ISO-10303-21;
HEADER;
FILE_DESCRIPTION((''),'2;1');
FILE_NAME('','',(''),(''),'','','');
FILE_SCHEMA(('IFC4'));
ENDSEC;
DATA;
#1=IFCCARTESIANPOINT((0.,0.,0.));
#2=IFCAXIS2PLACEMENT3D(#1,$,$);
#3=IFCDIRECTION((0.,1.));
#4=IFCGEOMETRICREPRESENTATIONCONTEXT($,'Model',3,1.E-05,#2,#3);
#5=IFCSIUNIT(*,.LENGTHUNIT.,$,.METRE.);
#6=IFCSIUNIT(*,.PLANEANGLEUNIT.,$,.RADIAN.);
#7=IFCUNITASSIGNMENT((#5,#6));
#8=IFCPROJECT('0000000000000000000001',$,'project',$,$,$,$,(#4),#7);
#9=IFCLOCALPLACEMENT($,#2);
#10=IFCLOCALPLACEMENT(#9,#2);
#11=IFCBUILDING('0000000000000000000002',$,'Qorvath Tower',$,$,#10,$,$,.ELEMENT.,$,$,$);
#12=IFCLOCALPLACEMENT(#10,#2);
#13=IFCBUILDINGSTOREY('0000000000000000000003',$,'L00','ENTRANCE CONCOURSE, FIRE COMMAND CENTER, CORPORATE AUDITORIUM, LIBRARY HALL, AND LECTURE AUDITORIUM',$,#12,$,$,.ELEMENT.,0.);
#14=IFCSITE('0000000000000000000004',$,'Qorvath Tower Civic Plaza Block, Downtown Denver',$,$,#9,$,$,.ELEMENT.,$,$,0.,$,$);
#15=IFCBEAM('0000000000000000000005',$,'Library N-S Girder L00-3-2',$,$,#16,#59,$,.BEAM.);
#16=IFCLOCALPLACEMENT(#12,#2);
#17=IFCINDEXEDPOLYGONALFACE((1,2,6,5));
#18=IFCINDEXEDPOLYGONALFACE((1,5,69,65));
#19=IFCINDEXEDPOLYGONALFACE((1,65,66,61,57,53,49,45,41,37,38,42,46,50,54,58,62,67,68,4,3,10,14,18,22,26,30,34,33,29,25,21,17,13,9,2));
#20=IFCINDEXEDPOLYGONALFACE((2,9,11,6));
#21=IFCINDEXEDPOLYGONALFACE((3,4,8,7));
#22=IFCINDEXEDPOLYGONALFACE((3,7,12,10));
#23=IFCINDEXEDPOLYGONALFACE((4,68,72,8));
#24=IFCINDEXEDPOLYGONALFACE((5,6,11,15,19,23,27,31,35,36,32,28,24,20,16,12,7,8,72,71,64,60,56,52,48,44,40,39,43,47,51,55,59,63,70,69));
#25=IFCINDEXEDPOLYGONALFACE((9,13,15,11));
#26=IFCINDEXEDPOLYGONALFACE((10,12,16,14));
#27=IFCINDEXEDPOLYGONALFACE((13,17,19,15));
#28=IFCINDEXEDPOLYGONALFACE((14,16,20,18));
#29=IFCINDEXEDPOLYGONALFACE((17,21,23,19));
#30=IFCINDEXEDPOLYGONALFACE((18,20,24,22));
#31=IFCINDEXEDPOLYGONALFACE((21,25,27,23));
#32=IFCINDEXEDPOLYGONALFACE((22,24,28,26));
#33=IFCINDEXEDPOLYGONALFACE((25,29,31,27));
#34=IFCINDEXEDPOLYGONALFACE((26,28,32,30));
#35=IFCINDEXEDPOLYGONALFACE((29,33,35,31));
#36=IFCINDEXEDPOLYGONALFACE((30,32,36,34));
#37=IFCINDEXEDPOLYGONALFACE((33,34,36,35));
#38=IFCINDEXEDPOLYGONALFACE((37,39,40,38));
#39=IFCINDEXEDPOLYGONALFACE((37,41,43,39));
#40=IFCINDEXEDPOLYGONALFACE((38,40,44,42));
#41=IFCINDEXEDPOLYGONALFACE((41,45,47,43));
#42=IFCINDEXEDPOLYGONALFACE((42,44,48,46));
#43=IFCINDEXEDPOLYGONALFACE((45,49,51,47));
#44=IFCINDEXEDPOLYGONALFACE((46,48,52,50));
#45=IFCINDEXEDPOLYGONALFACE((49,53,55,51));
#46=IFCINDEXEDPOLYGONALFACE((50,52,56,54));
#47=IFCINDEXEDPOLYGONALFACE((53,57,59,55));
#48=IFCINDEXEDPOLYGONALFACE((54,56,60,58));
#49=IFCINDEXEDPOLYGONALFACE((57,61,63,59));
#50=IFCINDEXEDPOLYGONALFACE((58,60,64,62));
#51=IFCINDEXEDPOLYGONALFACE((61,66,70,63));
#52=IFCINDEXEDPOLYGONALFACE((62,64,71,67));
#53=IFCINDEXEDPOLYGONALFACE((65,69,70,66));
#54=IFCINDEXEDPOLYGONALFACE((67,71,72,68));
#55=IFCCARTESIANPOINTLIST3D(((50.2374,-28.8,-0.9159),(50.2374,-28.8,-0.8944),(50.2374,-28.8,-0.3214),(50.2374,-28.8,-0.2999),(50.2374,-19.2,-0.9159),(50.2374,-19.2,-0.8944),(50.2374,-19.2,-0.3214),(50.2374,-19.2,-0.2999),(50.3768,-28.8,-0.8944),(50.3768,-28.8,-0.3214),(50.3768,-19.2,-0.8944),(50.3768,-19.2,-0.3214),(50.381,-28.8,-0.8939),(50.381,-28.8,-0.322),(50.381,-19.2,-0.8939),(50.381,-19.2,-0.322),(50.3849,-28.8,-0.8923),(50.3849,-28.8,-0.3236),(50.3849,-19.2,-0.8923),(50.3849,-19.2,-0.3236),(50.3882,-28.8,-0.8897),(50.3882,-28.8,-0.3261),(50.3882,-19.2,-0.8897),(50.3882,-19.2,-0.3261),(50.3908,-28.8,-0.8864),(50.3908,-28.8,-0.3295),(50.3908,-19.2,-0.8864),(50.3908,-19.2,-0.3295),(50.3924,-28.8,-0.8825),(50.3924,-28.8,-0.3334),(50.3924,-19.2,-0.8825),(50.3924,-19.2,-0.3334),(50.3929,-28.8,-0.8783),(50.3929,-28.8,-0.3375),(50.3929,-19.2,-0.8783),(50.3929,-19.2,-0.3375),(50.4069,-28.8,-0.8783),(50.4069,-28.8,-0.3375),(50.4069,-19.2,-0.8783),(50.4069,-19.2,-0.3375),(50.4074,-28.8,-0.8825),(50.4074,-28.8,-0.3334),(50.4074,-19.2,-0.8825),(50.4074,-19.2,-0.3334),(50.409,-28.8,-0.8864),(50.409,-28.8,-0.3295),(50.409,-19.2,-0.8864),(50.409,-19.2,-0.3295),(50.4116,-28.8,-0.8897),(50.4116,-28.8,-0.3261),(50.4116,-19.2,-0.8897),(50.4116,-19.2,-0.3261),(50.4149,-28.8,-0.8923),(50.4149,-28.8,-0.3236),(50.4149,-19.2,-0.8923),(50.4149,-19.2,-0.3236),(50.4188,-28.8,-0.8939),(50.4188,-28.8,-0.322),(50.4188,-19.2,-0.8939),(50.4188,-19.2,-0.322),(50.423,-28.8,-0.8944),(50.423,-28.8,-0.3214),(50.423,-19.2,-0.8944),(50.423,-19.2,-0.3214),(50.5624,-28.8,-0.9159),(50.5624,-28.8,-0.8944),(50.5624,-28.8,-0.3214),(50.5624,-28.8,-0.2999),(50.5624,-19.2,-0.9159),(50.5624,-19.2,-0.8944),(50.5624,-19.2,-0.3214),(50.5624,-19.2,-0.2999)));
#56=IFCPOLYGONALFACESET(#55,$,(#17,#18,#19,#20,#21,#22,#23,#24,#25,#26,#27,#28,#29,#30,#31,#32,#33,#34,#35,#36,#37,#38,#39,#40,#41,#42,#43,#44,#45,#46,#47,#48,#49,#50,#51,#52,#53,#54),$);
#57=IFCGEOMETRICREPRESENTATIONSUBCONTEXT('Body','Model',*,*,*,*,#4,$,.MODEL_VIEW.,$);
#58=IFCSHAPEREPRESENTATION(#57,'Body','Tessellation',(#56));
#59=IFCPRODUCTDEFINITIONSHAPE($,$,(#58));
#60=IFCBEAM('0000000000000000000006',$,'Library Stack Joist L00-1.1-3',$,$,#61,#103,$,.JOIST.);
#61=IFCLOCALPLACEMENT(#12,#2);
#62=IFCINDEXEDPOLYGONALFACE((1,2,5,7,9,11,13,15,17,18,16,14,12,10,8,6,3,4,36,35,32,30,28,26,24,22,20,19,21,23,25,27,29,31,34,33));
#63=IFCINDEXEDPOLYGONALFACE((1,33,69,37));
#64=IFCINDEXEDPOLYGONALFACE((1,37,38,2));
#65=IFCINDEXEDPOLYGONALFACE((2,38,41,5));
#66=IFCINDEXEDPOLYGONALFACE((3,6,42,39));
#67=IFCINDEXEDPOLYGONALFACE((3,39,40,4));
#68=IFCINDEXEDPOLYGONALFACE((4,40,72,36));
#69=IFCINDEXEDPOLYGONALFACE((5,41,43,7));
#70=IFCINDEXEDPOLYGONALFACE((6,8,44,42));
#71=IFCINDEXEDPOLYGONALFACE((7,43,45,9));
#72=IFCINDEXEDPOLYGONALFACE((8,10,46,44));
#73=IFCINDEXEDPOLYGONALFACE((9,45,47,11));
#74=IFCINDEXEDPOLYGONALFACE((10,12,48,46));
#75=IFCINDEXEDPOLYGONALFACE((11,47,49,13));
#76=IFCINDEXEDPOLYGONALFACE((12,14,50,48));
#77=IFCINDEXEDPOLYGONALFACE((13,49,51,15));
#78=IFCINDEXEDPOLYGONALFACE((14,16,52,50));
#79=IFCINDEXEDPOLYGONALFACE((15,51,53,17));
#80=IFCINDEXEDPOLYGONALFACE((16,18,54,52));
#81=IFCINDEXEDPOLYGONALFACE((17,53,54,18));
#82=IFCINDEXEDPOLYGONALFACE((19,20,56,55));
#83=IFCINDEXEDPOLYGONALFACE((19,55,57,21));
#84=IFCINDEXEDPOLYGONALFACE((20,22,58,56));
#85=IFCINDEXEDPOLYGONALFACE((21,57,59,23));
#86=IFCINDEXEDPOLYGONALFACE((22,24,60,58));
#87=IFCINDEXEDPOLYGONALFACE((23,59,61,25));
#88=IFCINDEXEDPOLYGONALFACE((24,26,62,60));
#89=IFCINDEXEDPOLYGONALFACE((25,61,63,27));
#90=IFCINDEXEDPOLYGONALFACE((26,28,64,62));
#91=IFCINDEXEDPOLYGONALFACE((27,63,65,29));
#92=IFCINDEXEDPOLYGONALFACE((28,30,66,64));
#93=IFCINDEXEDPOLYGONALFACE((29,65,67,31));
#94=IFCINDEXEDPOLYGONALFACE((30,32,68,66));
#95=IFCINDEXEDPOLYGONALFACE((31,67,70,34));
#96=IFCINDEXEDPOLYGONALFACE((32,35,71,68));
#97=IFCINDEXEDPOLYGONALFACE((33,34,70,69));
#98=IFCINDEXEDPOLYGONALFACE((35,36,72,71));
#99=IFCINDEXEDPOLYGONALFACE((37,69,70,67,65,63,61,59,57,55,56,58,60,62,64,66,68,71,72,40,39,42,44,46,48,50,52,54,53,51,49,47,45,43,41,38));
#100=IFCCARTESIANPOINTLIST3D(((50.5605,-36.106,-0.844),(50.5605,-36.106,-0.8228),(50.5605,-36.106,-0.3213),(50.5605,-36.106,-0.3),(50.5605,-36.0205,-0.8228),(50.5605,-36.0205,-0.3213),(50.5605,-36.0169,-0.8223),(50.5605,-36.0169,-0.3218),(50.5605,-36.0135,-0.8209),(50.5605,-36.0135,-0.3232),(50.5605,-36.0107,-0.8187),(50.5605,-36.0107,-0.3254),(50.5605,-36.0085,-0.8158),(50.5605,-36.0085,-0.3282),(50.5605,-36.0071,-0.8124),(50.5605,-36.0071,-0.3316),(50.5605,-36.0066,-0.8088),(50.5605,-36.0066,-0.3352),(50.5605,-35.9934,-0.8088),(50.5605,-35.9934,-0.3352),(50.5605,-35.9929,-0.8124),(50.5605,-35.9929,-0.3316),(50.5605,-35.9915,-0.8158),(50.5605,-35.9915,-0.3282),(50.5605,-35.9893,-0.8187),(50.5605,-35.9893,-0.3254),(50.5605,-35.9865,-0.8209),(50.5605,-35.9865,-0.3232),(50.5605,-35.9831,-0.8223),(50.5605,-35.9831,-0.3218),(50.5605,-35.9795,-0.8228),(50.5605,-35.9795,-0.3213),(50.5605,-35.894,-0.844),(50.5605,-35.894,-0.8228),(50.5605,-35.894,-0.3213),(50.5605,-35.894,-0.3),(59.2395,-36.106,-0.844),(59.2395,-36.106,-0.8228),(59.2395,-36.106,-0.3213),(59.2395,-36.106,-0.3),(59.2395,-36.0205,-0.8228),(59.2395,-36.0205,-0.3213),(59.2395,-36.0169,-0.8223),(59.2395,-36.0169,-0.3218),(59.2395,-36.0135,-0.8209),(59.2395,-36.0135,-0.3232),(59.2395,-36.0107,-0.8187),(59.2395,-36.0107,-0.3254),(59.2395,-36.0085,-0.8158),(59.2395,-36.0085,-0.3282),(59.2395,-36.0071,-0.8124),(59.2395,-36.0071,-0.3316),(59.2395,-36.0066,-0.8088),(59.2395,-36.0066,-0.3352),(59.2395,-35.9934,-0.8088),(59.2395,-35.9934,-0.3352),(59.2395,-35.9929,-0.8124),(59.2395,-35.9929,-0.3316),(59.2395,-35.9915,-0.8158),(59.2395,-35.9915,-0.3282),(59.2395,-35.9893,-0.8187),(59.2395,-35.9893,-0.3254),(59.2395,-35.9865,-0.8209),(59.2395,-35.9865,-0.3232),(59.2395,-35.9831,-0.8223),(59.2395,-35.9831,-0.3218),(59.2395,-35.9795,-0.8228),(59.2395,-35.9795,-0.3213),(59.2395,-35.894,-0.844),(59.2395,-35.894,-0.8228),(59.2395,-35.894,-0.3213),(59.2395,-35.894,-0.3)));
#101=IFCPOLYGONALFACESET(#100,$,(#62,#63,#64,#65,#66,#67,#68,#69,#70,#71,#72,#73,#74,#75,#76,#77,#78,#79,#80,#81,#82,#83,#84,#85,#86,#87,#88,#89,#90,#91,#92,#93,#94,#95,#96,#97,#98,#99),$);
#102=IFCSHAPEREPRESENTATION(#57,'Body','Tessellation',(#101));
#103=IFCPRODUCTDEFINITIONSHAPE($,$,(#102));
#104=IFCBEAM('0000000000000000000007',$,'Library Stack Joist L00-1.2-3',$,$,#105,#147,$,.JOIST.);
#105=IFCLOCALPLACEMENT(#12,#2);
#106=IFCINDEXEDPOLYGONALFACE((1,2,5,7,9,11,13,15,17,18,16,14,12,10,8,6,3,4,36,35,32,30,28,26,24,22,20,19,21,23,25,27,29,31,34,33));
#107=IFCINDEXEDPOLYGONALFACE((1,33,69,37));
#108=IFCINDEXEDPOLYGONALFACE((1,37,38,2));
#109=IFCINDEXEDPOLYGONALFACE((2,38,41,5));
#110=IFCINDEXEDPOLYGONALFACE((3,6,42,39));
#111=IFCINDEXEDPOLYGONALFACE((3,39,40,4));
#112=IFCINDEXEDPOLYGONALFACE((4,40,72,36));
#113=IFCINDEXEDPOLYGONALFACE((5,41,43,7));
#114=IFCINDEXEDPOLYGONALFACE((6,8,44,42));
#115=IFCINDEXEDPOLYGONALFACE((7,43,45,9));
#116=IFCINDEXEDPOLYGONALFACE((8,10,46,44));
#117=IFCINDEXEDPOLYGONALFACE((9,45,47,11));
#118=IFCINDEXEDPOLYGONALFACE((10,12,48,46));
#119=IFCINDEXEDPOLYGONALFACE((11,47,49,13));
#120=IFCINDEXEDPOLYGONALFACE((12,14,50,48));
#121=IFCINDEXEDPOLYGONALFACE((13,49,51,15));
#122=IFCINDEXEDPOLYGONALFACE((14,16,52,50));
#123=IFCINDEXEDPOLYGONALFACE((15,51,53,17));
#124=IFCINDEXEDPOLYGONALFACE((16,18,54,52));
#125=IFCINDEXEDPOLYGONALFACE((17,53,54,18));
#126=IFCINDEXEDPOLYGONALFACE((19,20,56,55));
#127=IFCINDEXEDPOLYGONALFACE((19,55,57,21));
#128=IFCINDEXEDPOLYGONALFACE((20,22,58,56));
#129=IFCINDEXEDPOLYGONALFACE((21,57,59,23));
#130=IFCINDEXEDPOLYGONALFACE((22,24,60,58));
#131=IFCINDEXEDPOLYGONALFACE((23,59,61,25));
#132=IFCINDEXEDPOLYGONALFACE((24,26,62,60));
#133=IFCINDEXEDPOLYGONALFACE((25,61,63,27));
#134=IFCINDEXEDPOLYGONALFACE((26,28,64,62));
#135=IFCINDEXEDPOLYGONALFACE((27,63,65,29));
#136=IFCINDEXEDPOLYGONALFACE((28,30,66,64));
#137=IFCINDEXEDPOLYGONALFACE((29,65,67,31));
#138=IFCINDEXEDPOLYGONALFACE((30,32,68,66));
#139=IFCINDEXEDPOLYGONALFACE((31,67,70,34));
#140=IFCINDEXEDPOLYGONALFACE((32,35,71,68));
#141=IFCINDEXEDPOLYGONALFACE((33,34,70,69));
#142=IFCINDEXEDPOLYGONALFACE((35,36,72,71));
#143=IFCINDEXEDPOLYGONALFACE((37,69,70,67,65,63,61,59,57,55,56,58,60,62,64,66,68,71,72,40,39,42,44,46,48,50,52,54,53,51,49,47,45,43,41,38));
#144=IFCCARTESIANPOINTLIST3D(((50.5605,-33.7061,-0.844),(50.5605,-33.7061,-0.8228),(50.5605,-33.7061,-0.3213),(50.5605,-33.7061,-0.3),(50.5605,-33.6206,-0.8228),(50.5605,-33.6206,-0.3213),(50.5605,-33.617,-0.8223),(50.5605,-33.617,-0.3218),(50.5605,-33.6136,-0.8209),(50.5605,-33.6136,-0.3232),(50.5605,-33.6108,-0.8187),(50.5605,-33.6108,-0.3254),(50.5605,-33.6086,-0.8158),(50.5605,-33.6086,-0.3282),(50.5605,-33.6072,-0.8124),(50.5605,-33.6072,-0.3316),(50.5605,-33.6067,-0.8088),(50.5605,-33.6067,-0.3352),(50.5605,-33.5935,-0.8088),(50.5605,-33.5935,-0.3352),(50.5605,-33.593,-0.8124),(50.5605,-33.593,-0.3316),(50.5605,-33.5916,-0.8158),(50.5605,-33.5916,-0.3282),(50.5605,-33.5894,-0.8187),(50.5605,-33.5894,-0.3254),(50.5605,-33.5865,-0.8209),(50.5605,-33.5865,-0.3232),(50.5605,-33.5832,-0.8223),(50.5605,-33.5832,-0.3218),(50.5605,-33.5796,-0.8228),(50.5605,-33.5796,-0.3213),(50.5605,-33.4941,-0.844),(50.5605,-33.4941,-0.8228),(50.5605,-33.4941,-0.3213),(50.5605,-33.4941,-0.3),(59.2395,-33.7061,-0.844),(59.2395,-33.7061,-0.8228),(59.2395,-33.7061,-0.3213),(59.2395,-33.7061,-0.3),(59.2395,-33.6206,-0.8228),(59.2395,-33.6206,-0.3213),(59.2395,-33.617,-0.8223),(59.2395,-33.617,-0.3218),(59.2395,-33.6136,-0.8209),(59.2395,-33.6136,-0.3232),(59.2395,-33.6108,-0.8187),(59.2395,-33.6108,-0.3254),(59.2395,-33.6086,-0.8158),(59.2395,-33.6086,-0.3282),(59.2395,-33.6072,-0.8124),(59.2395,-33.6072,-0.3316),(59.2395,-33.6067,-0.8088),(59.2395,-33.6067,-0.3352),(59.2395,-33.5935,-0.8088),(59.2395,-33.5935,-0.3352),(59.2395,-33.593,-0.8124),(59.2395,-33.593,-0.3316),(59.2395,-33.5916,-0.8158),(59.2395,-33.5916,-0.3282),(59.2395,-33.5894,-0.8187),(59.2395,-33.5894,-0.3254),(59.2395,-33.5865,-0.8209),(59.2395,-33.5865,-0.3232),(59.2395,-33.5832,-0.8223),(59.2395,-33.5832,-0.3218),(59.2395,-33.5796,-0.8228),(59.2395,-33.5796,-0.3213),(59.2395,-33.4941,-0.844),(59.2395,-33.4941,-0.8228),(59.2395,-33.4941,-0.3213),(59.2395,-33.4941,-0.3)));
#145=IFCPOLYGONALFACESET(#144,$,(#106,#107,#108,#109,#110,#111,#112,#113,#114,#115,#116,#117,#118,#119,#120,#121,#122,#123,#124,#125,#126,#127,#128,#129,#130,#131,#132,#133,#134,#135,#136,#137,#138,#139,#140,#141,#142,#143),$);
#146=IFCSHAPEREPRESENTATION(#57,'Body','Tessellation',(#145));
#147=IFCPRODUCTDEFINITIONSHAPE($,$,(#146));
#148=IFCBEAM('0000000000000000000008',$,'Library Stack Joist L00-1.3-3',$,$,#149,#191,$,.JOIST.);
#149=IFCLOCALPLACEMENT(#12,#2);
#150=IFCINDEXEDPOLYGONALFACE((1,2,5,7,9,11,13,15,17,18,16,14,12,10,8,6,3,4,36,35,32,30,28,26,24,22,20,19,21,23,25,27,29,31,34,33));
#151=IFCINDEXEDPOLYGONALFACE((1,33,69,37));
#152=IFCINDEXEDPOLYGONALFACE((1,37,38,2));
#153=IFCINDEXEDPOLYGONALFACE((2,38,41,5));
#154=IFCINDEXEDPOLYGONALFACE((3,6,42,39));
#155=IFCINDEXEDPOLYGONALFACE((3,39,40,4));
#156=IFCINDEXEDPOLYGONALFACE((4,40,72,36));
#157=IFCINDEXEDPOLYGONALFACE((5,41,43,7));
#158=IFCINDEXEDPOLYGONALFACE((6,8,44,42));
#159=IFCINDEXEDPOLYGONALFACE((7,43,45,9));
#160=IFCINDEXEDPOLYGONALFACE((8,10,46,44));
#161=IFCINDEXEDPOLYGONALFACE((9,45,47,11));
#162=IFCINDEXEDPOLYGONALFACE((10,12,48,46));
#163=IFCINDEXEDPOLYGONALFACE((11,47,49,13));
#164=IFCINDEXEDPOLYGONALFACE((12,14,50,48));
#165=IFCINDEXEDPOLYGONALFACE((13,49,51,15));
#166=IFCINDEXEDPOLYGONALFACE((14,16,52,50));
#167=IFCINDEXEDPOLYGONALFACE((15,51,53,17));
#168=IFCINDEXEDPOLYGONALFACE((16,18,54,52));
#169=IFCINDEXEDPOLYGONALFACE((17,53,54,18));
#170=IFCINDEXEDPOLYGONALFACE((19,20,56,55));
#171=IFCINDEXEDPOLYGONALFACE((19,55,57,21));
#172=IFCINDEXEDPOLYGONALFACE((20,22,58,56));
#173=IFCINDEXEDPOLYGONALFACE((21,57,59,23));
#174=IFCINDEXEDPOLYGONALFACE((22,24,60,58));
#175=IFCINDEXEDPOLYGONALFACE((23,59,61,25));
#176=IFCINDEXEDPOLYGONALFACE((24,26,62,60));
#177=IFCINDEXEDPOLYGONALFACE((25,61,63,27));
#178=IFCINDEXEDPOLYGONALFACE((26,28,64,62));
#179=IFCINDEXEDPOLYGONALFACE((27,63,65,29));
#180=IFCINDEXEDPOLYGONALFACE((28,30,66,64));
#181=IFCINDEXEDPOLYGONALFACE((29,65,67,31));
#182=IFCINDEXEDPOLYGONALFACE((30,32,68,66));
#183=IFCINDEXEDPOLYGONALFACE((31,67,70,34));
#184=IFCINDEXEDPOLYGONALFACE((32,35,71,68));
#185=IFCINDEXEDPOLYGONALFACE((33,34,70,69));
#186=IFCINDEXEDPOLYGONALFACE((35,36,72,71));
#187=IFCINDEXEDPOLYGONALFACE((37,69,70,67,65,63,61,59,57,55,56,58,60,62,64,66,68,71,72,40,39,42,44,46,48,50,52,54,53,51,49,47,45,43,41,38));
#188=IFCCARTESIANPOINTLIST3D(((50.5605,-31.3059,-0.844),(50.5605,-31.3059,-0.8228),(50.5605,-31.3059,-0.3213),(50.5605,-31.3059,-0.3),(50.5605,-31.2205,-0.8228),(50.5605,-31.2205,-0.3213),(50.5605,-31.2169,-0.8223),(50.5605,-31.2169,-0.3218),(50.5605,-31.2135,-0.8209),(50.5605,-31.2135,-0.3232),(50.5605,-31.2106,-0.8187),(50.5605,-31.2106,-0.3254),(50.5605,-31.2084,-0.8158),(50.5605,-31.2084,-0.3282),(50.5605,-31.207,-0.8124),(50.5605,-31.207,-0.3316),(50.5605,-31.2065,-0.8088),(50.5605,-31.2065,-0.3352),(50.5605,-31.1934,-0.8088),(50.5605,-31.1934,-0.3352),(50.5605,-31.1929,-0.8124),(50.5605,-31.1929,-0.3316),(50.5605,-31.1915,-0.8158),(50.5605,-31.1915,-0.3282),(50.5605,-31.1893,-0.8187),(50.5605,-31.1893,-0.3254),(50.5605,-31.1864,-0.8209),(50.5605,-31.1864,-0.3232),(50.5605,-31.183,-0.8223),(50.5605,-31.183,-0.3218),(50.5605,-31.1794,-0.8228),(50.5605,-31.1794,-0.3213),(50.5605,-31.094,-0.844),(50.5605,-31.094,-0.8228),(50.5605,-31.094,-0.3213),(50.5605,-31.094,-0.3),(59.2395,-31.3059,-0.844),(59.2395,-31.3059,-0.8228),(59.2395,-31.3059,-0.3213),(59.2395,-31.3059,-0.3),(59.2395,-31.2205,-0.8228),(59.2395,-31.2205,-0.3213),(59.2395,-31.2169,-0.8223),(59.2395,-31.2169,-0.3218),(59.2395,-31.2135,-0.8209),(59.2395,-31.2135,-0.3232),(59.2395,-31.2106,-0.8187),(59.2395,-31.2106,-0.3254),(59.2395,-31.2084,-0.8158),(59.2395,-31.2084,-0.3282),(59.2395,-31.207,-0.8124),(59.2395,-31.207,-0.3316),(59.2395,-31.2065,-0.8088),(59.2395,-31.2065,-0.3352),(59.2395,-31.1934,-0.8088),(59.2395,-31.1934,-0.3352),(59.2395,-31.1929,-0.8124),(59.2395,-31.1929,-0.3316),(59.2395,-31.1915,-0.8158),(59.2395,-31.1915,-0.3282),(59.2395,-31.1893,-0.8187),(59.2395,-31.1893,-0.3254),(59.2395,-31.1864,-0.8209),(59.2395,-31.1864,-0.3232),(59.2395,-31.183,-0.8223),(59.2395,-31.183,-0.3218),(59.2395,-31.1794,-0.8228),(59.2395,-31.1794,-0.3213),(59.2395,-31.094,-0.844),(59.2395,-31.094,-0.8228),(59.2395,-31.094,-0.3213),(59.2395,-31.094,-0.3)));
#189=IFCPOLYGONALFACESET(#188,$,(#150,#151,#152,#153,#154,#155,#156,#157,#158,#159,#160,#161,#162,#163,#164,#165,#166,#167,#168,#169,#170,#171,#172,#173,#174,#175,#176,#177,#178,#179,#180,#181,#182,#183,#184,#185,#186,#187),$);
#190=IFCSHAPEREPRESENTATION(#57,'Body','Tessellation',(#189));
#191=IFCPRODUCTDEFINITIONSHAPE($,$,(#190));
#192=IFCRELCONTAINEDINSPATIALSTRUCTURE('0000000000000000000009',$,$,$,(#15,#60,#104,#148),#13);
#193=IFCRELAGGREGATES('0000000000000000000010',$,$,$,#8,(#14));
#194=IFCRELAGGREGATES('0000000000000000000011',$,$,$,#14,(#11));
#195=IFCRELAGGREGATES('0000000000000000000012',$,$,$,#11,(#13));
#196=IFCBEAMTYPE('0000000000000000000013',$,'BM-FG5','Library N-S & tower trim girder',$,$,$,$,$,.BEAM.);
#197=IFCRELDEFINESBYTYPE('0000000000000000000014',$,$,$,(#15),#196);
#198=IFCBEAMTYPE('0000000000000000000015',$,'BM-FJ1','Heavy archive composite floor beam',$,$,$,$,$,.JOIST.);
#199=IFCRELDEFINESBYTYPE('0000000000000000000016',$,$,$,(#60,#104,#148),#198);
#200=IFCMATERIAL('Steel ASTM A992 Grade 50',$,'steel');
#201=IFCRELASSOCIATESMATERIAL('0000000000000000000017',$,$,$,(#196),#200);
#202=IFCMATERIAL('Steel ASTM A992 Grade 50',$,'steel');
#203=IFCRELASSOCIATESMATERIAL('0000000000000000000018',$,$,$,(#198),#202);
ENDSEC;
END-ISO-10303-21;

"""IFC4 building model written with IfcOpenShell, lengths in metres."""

from ifc_helpers import new_model, si_unit, direction, frame, origin, origin_2d, place, context, subcontext, project, spatial, i_section, extrude, material, material_profile, profile_set, type_object, element, save


model = new_model("IFC4")

# Units and contexts
model_context = context("Model", 3, precision=1e-05, world=origin(), true_north=direction((0.0, 1.0)))
body_context = subcontext(model_context, "Body", "Model", "MODEL_VIEW")
ifc_project = project(units=[si_unit("LENGTHUNIT", "METRE"), si_unit("PLANEANGLEUNIT", "RADIAN")], contexts=[model_context])

# Site, building, storey
site_placement = place(None, origin())
site = spatial("IfcSite", under=ifc_project, at=site_placement, Name="Qorvath Tower Civic Plaza Block, Downtown Denver", CompositionType="ELEMENT", RefElevation=0.0)
building_placement = place(site_placement, origin())
building = spatial("IfcBuilding", under=site, at=building_placement, Name="Qorvath Tower", CompositionType="ELEMENT")
storey_placement = place(building_placement, origin())
storey = spatial("IfcBuildingStorey", under=building, at=storey_placement, Name="L00", Description="ENTRANCE CONCOURSE, FIRE COMMAND CENTER, CORPORATE AUDITORIUM, LIBRARY HALL, AND LECTURE AUDITORIUM", CompositionType="ELEMENT", Elevation=0.0)

# Beams
ifc_material_1 = material(Name="Steel ASTM A992 Grade 50", Category="steel")
ifc_material_profile_1 = material_profile(ifc_material_1, i_section(OverallWidth=0.325, OverallDepth=0.616, WebThickness=0.0139, FlangeThickness=0.0215, FilletRadius=0.0161, at=origin_2d()), Name="W24x117")
ifc_profile_set_1 = profile_set([ifc_material_profile_1], Name="Steel ASTM A992 Grade 50")
beam_type_1 = type_object("IfcBeamType", Name="BM-FG5", Description="Library N-S & tower trim girder", PredefinedType="BEAM", material=ifc_profile_set_1)
beam_1_placement = place(storey_placement, frame((50.3999, -28.8, -0.6079), z_axis=(0.0, 1.0, 0.0), x_axis=(-1.0, 0.0, 0.0)))
element("IfcBeam", 1, at=beam_1_placement, inside=storey, type_object=beam_type_1, Name="Library N-S Girder L00-3-2", PredefinedType="BEAM", context=body_context, shape_type="SweptSolid", body=[
    extrude(i_section(OverallWidth=0.325, OverallDepth=0.616, WebThickness=0.0139, FlangeThickness=0.0215, FilletRadius=0.0161, at=origin_2d()), origin(), (0.0, 0.0, 1.0), 9.6001),
])
ifc_material_2 = material(Name="Steel ASTM A992 Grade 50", Category="steel")
ifc_material_profile_2 = material_profile(ifc_material_2, i_section(OverallWidth=0.2119, OverallDepth=0.5439, WebThickness=0.0132, FlangeThickness=0.0212, FilletRadius=0.0139, at=origin_2d()), Name="W21x83")
ifc_profile_set_2 = profile_set([ifc_material_profile_2], Name="Steel ASTM A992 Grade 50")
beam_type_2 = type_object("IfcBeamType", Name="BM-FJ1", Description="Heavy archive composite floor beam", PredefinedType="JOIST", material=ifc_profile_set_2)
for number, where, z_axis, x_axis, name in (
    (2, (50.5605, -36.0, -0.572), (1.0, 0.0, 0.0), (0.0, 1.0, 0.0), "Library Stack Joist L00-1.1-3"),
    (3, (50.5605, -33.6001, -0.572), (1.0, 0.0, 0.0), (0.0, 1.0, 0.0), "Library Stack Joist L00-1.2-3"),
    (4, (50.5605, -31.2, -0.572), (1.0, 0.0, 0.0), (0.0, 1.0, 0.0), "Library Stack Joist L00-1.3-3"),
):
    element("IfcBeam", number, at=place(storey_placement, frame(where, z_axis=z_axis, x_axis=x_axis)), inside=storey, type_object=beam_type_2, Name=name, PredefinedType="JOIST", context=body_context, shape_type="SweptSolid", body=[
        extrude(i_section(OverallWidth=0.2119, OverallDepth=0.5439, WebThickness=0.0132, FlangeThickness=0.0212, FilletRadius=0.0139, at=origin_2d()), origin(), (0.0, 0.0, 1.0), 8.679),
    ])

save(model, "model.ifc")
